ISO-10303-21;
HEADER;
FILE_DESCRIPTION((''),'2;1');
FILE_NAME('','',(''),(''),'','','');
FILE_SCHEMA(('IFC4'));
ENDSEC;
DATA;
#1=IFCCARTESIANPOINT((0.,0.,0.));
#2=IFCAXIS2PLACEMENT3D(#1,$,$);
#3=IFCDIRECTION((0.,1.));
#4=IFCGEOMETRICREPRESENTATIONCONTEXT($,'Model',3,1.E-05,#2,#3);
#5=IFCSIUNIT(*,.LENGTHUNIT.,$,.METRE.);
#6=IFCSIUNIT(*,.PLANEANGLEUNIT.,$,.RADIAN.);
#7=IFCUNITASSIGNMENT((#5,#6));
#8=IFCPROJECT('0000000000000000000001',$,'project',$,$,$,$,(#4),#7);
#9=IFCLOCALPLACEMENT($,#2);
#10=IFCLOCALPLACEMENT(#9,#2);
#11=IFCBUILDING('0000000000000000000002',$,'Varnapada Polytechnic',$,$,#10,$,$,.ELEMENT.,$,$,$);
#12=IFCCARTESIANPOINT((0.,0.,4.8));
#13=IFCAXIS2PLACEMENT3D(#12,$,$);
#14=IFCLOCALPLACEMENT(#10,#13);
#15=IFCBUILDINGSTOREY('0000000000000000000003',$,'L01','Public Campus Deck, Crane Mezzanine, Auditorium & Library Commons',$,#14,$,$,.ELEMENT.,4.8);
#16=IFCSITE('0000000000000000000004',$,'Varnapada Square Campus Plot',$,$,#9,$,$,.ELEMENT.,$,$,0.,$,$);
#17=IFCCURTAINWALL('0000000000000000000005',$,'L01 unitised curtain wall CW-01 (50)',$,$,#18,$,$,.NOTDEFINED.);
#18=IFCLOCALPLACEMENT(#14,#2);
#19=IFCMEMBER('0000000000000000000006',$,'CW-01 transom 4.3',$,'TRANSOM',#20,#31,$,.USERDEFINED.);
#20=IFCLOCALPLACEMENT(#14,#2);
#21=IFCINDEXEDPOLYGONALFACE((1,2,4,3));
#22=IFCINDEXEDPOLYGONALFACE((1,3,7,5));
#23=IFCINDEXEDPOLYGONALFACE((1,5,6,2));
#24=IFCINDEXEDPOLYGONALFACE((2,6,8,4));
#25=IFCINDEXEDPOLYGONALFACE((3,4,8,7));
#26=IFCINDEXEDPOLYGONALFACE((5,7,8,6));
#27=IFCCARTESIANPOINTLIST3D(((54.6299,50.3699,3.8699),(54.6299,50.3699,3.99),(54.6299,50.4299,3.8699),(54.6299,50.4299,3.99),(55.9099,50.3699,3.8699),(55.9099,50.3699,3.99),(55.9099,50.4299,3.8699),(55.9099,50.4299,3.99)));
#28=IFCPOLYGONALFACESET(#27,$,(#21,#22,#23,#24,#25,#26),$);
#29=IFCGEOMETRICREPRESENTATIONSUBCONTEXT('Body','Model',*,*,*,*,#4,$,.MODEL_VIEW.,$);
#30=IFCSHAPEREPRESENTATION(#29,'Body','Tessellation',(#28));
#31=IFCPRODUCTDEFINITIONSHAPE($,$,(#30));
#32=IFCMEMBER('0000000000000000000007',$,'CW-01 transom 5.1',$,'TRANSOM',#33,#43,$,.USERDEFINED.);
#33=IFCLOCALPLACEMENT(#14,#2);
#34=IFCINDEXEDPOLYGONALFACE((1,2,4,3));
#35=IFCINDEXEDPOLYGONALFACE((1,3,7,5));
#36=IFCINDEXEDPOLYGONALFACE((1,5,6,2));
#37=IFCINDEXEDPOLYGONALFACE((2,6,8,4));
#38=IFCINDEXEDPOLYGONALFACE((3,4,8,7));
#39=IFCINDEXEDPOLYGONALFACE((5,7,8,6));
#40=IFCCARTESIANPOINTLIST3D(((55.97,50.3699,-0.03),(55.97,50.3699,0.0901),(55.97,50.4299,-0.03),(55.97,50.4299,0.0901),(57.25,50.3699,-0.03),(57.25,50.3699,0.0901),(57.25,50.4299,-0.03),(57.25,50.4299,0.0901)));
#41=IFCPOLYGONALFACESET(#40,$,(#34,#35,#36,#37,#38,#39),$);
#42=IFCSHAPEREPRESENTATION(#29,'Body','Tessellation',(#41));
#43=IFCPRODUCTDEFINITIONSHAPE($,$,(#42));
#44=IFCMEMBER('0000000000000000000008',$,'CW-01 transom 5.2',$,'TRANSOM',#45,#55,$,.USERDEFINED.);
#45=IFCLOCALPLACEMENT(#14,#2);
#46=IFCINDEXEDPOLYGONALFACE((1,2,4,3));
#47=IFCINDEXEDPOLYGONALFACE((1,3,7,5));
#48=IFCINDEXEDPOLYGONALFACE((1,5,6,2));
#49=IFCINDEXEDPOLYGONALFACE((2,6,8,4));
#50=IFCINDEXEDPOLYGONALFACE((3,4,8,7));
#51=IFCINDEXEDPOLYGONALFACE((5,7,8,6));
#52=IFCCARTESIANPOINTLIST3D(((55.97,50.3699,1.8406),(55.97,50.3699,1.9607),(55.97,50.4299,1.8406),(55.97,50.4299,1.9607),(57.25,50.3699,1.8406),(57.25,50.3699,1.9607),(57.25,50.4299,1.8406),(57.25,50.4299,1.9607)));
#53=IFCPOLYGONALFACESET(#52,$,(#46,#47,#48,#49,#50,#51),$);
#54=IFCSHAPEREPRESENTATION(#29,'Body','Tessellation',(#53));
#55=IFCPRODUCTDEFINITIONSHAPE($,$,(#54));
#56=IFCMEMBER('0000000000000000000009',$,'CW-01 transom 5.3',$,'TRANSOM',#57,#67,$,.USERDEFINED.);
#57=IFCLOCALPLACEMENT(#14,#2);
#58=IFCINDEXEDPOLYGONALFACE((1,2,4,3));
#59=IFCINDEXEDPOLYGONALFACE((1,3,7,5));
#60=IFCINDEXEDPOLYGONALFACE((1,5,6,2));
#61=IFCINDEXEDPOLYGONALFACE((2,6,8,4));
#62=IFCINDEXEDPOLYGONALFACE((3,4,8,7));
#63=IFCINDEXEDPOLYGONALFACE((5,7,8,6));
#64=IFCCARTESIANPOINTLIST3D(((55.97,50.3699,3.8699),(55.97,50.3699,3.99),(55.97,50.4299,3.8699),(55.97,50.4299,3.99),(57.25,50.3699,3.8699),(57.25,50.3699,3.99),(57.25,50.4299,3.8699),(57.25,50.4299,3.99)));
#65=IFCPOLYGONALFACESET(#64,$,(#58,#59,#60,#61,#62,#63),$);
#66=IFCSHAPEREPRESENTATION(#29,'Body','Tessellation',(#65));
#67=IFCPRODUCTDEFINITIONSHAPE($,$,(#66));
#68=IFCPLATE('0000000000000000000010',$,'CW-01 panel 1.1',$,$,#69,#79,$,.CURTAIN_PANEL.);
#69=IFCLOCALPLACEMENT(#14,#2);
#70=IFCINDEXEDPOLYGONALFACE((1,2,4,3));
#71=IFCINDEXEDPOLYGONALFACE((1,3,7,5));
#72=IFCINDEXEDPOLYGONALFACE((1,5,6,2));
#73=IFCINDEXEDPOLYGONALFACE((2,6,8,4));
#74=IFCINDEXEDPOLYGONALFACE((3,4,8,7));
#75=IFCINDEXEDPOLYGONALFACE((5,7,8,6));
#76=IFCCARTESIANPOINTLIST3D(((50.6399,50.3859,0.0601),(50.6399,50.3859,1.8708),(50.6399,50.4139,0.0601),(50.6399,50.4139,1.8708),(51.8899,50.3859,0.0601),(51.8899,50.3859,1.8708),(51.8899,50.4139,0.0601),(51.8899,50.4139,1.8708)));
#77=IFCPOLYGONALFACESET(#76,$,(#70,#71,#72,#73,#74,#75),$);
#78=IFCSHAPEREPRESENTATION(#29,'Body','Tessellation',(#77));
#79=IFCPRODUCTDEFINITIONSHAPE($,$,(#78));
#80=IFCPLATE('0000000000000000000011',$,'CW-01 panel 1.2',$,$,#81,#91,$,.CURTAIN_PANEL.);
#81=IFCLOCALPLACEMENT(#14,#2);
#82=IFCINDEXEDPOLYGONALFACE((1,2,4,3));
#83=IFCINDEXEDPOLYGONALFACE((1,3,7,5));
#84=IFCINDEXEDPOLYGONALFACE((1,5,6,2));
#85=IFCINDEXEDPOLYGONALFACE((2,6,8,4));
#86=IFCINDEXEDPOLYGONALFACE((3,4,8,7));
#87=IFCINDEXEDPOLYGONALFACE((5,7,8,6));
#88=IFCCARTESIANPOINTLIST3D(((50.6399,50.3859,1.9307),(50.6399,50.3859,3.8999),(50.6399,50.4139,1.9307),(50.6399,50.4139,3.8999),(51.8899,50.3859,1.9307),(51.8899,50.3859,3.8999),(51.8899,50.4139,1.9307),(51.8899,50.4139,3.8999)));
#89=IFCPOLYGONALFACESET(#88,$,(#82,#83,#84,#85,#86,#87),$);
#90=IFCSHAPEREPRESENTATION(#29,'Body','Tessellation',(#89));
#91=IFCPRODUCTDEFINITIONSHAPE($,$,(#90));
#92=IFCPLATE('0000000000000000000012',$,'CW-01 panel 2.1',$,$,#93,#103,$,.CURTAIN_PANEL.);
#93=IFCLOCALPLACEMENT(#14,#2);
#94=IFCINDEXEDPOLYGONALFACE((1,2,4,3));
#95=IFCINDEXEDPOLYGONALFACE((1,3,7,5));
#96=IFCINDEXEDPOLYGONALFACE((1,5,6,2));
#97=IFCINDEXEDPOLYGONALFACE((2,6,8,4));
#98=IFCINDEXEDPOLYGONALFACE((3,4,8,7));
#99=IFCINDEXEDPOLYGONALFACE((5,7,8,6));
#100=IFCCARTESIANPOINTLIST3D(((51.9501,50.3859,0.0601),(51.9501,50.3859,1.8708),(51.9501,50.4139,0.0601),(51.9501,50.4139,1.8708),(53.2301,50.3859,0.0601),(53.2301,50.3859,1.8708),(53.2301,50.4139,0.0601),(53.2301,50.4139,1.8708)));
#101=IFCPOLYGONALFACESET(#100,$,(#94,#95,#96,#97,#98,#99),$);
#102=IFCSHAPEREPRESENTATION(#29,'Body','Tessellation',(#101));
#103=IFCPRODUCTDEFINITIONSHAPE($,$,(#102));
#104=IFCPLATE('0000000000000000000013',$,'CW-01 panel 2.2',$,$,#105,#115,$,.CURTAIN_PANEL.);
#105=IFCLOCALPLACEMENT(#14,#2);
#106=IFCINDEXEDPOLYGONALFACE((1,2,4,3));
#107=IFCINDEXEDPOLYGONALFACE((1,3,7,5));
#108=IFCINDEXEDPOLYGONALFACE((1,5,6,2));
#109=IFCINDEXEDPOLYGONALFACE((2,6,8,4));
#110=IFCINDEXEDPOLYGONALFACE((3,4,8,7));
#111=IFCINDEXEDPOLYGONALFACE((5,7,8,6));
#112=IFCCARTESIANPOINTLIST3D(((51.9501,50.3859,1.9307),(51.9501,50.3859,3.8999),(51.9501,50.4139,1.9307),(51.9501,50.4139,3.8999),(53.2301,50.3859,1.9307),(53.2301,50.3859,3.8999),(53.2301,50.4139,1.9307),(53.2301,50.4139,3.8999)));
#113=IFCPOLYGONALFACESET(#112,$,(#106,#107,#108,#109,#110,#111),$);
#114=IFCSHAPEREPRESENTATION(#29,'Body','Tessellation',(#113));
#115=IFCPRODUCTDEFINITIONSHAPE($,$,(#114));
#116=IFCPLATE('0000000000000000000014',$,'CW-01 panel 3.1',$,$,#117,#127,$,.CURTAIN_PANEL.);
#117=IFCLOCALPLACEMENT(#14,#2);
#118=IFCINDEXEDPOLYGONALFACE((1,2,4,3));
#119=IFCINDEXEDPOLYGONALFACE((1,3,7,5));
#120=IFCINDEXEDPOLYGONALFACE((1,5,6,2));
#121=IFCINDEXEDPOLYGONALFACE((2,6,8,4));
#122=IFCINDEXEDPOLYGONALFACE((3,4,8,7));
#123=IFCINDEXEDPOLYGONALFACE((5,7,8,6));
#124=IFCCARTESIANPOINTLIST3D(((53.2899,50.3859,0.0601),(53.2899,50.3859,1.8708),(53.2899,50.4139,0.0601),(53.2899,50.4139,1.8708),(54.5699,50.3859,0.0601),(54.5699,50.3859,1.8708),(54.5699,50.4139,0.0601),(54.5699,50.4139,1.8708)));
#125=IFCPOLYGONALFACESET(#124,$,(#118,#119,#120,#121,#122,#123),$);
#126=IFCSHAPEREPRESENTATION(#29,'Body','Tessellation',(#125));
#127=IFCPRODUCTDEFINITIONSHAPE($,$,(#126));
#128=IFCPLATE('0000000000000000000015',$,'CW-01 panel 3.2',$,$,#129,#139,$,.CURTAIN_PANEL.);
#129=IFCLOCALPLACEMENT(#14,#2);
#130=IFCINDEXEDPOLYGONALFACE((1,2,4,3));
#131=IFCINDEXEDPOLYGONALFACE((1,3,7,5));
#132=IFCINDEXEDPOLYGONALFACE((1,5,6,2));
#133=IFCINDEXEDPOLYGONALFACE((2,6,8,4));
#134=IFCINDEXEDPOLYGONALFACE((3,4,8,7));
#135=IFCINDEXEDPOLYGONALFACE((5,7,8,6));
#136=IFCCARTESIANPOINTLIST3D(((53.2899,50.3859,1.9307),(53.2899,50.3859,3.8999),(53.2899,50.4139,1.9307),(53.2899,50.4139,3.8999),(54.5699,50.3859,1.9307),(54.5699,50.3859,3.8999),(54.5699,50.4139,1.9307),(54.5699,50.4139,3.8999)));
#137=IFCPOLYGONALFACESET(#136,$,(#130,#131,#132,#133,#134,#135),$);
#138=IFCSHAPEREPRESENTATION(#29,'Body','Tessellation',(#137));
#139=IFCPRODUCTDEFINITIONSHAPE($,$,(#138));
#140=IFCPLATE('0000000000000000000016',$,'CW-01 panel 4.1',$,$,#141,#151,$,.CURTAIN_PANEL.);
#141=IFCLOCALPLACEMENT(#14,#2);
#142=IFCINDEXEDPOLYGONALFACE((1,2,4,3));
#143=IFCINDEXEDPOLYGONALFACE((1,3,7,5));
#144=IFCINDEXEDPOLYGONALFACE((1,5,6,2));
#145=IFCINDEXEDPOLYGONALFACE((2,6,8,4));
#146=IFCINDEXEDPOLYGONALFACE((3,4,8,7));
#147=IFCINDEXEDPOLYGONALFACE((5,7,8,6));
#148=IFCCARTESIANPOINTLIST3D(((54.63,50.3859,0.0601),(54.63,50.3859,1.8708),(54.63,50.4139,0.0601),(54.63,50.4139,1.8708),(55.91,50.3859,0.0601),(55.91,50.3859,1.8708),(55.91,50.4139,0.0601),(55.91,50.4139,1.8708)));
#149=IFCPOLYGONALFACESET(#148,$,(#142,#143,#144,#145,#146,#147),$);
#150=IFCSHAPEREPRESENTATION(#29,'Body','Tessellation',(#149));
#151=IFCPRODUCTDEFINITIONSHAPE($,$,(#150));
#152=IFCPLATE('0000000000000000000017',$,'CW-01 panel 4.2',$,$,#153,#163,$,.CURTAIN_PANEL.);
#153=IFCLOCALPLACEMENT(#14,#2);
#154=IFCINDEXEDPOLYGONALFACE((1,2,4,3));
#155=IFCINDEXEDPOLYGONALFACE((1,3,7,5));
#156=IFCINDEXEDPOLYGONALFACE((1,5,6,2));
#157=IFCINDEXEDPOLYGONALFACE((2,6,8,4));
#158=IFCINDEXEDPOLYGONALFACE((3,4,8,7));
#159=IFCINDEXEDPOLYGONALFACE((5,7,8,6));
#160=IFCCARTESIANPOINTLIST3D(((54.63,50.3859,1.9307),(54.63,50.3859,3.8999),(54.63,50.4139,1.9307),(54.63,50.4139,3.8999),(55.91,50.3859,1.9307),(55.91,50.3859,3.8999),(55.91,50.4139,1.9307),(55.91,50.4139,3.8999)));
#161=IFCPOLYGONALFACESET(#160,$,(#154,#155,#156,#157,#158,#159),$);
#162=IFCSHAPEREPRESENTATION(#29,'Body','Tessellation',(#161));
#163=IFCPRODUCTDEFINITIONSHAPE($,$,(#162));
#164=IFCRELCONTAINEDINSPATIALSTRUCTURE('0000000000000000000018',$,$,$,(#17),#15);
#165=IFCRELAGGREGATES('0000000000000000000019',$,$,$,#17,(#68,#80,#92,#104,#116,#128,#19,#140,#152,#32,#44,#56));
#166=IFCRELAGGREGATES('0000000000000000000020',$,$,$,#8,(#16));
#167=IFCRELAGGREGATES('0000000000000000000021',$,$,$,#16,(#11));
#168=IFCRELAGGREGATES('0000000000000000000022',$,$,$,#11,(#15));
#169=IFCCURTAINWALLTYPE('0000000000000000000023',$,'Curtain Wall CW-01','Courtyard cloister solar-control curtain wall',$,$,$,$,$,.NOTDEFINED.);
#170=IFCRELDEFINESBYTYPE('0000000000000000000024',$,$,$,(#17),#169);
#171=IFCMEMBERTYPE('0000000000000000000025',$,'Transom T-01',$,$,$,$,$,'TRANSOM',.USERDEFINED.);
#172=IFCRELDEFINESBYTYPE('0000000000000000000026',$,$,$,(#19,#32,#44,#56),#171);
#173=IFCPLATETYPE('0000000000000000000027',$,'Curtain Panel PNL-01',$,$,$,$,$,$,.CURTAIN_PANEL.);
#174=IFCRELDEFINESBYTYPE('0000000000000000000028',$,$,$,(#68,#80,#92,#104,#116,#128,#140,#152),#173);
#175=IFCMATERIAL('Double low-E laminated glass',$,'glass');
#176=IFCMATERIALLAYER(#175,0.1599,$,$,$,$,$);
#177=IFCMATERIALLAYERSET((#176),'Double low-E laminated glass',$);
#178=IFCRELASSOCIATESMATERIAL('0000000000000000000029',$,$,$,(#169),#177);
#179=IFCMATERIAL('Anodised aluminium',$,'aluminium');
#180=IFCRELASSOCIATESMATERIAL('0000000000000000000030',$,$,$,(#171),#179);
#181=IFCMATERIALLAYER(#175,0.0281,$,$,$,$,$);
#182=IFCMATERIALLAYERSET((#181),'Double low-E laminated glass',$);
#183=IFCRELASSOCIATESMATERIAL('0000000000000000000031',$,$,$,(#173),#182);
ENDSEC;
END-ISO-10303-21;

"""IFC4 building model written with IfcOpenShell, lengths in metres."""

from ifc_helpers import new_model, si_unit, direction, frame, origin, origin_2d, place, context, subcontext, project, spatial, rectangle, extrude, material, layer, layer_set, material_profile, profile_set, type_object, element, aggregate, save


model = new_model("IFC4")

# Units and contexts
model_context = context("Model", 3, precision=1e-05, world=origin(), true_north=direction((0.0, 1.0)))
body_context = subcontext(model_context, "Body", "Model", "MODEL_VIEW")
ifc_project = project(units=[si_unit("LENGTHUNIT", "METRE"), si_unit("PLANEANGLEUNIT", "RADIAN")], contexts=[model_context])

# Site, building, storey
site_placement = place(None, origin())
site = spatial("IfcSite", under=ifc_project, at=site_placement, Name="Varnapada Square Campus Plot", CompositionType="ELEMENT", RefElevation=0.0)
building_placement = place(site_placement, origin())
building = spatial("IfcBuilding", under=site, at=building_placement, Name="Varnapada Polytechnic", CompositionType="ELEMENT")
storey_placement = place(building_placement, frame((0.0, 0.0, 4.8)))
storey = spatial("IfcBuildingStorey", under=building, at=storey_placement, Name="L01", Description="Public Campus Deck, Crane Mezzanine, Auditorium & Library Commons", CompositionType="ELEMENT", Elevation=4.8)

# Curtain wall, members, plates
ifc_material_1 = material(Name="Double low-E laminated glass", Category="glass")
ifc_layer_1 = layer(ifc_material_1, 0.1599)
ifc_layer_set_1 = layer_set([ifc_layer_1], Name="Double low-E laminated glass")
curtain_wall_type = type_object("IfcCurtainWallType", Name="Curtain Wall CW-01", Description="Courtyard cloister solar-control curtain wall", PredefinedType="NOTDEFINED", material=ifc_layer_set_1)
curtain_wall_placement = place(storey_placement, origin())
curtain_wall = element("IfcCurtainWall", 1, at=curtain_wall_placement, inside=storey, type_object=curtain_wall_type, Name="L01 unitised curtain wall CW-01 (50)", PredefinedType="NOTDEFINED")
ifc_material_2 = material(Name="Anodised aluminium", Category="aluminium")
ifc_material_profile_1 = material_profile(ifc_material_2, rectangle(XDim=0.0601, YDim=0.1201, at=origin_2d()), Name="ALU T60x120")
ifc_profile_set_1 = profile_set([ifc_material_profile_1], Name="Anodised aluminium")
member_type_1 = type_object("IfcMemberType", Name="Transom T-01", ElementType="TRANSOM", PredefinedType="USERDEFINED", material=ifc_profile_set_1)
member_1_placement = place(storey_placement, frame((54.6299, 50.3999, 3.9299), z_axis=(1.0, 0.0, 0.0), x_axis=(0.0, 1.0, 0.0)))
member_1 = element("IfcMember", 2, at=member_1_placement, type_object=member_type_1, Name="CW-01 transom 4.3", ObjectType="TRANSOM", PredefinedType="USERDEFINED", context=body_context, shape_type="SweptSolid", body=[
    extrude(rectangle(XDim=0.0601, YDim=0.1201, at=origin_2d()), origin(), (0.0, 0.0, 1.0), 1.28),
])
member_2_placement = place(storey_placement, frame((55.97, 50.3999, 0.03), z_axis=(1.0, 0.0, 0.0), x_axis=(0.0, 1.0, 0.0)))
member_2 = element("IfcMember", 3, at=member_2_placement, type_object=member_type_1, Name="CW-01 transom 5.1", ObjectType="TRANSOM", PredefinedType="USERDEFINED", context=body_context, shape_type="SweptSolid", body=[
    extrude(rectangle(XDim=0.0601, YDim=0.1201, at=origin_2d()), origin(), (0.0, 0.0, 1.0), 1.28),
])
member_3_placement = place(storey_placement, frame((55.97, 50.3999, 1.9006), z_axis=(1.0, 0.0, 0.0), x_axis=(0.0, 1.0, 0.0)))
member_3 = element("IfcMember", 4, at=member_3_placement, type_object=member_type_1, Name="CW-01 transom 5.2", ObjectType="TRANSOM", PredefinedType="USERDEFINED", context=body_context, shape_type="SweptSolid", body=[
    extrude(rectangle(XDim=0.0601, YDim=0.1201, at=origin_2d()), origin(), (0.0, 0.0, 1.0), 1.28),
])
member_4_placement = place(storey_placement, frame((55.97, 50.3999, 3.9299), z_axis=(1.0, 0.0, 0.0), x_axis=(0.0, 1.0, 0.0)))
member_4 = element("IfcMember", 5, at=member_4_placement, type_object=member_type_1, Name="CW-01 transom 5.3", ObjectType="TRANSOM", PredefinedType="USERDEFINED", context=body_context, shape_type="SweptSolid", body=[
    extrude(rectangle(XDim=0.0601, YDim=0.1201, at=origin_2d()), origin(), (0.0, 0.0, 1.0), 1.28),
])
ifc_layer_2 = layer(ifc_material_1, 0.0281)
ifc_layer_set_2 = layer_set([ifc_layer_2], Name="Double low-E laminated glass")
plate_type = type_object("IfcPlateType", Name="Curtain Panel PNL-01", PredefinedType="CURTAIN_PANEL", material=ifc_layer_set_2)
plate_1_placement = place(storey_placement, frame((51.2649, 50.3999, 0.0601), z_axis=(0.0, 0.0, 1.0), x_axis=(1.0, 0.0, 0.0)))
plate_1 = element("IfcPlate", 6, at=plate_1_placement, type_object=plate_type, Name="CW-01 panel 1.1", PredefinedType="CURTAIN_PANEL", context=body_context, shape_type="SweptSolid", body=[
    extrude(rectangle(XDim=1.25, YDim=0.0281, at=origin_2d()), origin(), (0.0, 0.0, 1.0), 1.8108),
])
plate_2_placement = place(storey_placement, frame((51.2649, 50.3999, 1.9307), z_axis=(0.0, 0.0, 1.0), x_axis=(1.0, 0.0, 0.0)))
plate_2 = element("IfcPlate", 7, at=plate_2_placement, type_object=plate_type, Name="CW-01 panel 1.2", PredefinedType="CURTAIN_PANEL", context=body_context, shape_type="SweptSolid", body=[
    extrude(rectangle(XDim=1.25, YDim=0.0281, at=origin_2d()), origin(), (0.0, 0.0, 1.0), 1.9692),
])
plate_3_placement = place(storey_placement, frame((52.5901, 50.3999, 0.0601), z_axis=(0.0, 0.0, 1.0), x_axis=(1.0, 0.0, 0.0)))
plate_3 = element("IfcPlate", 8, at=plate_3_placement, type_object=plate_type, Name="CW-01 panel 2.1", PredefinedType="CURTAIN_PANEL", context=body_context, shape_type="SweptSolid", body=[
    extrude(rectangle(XDim=1.28, YDim=0.0281, at=origin_2d()), origin(), (0.0, 0.0, 1.0), 1.8108),
])
plate_4_placement = place(storey_placement, frame((52.5901, 50.3999, 1.9307), z_axis=(0.0, 0.0, 1.0), x_axis=(1.0, 0.0, 0.0)))
plate_4 = element("IfcPlate", 9, at=plate_4_placement, type_object=plate_type, Name="CW-01 panel 2.2", PredefinedType="CURTAIN_PANEL", context=body_context, shape_type="SweptSolid", body=[
    extrude(rectangle(XDim=1.28, YDim=0.0281, at=origin_2d()), origin(), (0.0, 0.0, 1.0), 1.9692),
])
plate_5_placement = place(storey_placement, frame((53.9299, 50.3999, 0.0601), z_axis=(0.0, 0.0, 1.0), x_axis=(1.0, 0.0, 0.0)))
plate_5 = element("IfcPlate", 10, at=plate_5_placement, type_object=plate_type, Name="CW-01 panel 3.1", PredefinedType="CURTAIN_PANEL", context=body_context, shape_type="SweptSolid", body=[
    extrude(rectangle(XDim=1.28, YDim=0.0281, at=origin_2d()), origin(), (0.0, 0.0, 1.0), 1.8108),
])
plate_6_placement = place(storey_placement, frame((53.9299, 50.3999, 1.9307), z_axis=(0.0, 0.0, 1.0), x_axis=(1.0, 0.0, 0.0)))
plate_6 = element("IfcPlate", 11, at=plate_6_placement, type_object=plate_type, Name="CW-01 panel 3.2", PredefinedType="CURTAIN_PANEL", context=body_context, shape_type="SweptSolid", body=[
    extrude(rectangle(XDim=1.28, YDim=0.0281, at=origin_2d()), origin(), (0.0, 0.0, 1.0), 1.9692),
])
plate_7_placement = place(storey_placement, frame((55.27, 50.3999, 0.0601), z_axis=(0.0, 0.0, 1.0), x_axis=(1.0, 0.0, 0.0)))
plate_7 = element("IfcPlate", 12, at=plate_7_placement, type_object=plate_type, Name="CW-01 panel 4.1", PredefinedType="CURTAIN_PANEL", context=body_context, shape_type="SweptSolid", body=[
    extrude(rectangle(XDim=1.28, YDim=0.0281, at=origin_2d()), origin(), (0.0, 0.0, 1.0), 1.8108),
])
plate_8_placement = place(storey_placement, frame((55.27, 50.3999, 1.9307), z_axis=(0.0, 0.0, 1.0), x_axis=(1.0, 0.0, 0.0)))
plate_8 = element("IfcPlate", 13, at=plate_8_placement, type_object=plate_type, Name="CW-01 panel 4.2", PredefinedType="CURTAIN_PANEL", context=body_context, shape_type="SweptSolid", body=[
    extrude(rectangle(XDim=1.28, YDim=0.0281, at=origin_2d()), origin(), (0.0, 0.0, 1.0), 1.9692),
])
aggregate(curtain_wall, [plate_1, plate_2, plate_3, plate_4, plate_5, plate_6, member_1, plate_7, plate_8, member_2, member_3, member_4])

save(model, "model.ifc")
